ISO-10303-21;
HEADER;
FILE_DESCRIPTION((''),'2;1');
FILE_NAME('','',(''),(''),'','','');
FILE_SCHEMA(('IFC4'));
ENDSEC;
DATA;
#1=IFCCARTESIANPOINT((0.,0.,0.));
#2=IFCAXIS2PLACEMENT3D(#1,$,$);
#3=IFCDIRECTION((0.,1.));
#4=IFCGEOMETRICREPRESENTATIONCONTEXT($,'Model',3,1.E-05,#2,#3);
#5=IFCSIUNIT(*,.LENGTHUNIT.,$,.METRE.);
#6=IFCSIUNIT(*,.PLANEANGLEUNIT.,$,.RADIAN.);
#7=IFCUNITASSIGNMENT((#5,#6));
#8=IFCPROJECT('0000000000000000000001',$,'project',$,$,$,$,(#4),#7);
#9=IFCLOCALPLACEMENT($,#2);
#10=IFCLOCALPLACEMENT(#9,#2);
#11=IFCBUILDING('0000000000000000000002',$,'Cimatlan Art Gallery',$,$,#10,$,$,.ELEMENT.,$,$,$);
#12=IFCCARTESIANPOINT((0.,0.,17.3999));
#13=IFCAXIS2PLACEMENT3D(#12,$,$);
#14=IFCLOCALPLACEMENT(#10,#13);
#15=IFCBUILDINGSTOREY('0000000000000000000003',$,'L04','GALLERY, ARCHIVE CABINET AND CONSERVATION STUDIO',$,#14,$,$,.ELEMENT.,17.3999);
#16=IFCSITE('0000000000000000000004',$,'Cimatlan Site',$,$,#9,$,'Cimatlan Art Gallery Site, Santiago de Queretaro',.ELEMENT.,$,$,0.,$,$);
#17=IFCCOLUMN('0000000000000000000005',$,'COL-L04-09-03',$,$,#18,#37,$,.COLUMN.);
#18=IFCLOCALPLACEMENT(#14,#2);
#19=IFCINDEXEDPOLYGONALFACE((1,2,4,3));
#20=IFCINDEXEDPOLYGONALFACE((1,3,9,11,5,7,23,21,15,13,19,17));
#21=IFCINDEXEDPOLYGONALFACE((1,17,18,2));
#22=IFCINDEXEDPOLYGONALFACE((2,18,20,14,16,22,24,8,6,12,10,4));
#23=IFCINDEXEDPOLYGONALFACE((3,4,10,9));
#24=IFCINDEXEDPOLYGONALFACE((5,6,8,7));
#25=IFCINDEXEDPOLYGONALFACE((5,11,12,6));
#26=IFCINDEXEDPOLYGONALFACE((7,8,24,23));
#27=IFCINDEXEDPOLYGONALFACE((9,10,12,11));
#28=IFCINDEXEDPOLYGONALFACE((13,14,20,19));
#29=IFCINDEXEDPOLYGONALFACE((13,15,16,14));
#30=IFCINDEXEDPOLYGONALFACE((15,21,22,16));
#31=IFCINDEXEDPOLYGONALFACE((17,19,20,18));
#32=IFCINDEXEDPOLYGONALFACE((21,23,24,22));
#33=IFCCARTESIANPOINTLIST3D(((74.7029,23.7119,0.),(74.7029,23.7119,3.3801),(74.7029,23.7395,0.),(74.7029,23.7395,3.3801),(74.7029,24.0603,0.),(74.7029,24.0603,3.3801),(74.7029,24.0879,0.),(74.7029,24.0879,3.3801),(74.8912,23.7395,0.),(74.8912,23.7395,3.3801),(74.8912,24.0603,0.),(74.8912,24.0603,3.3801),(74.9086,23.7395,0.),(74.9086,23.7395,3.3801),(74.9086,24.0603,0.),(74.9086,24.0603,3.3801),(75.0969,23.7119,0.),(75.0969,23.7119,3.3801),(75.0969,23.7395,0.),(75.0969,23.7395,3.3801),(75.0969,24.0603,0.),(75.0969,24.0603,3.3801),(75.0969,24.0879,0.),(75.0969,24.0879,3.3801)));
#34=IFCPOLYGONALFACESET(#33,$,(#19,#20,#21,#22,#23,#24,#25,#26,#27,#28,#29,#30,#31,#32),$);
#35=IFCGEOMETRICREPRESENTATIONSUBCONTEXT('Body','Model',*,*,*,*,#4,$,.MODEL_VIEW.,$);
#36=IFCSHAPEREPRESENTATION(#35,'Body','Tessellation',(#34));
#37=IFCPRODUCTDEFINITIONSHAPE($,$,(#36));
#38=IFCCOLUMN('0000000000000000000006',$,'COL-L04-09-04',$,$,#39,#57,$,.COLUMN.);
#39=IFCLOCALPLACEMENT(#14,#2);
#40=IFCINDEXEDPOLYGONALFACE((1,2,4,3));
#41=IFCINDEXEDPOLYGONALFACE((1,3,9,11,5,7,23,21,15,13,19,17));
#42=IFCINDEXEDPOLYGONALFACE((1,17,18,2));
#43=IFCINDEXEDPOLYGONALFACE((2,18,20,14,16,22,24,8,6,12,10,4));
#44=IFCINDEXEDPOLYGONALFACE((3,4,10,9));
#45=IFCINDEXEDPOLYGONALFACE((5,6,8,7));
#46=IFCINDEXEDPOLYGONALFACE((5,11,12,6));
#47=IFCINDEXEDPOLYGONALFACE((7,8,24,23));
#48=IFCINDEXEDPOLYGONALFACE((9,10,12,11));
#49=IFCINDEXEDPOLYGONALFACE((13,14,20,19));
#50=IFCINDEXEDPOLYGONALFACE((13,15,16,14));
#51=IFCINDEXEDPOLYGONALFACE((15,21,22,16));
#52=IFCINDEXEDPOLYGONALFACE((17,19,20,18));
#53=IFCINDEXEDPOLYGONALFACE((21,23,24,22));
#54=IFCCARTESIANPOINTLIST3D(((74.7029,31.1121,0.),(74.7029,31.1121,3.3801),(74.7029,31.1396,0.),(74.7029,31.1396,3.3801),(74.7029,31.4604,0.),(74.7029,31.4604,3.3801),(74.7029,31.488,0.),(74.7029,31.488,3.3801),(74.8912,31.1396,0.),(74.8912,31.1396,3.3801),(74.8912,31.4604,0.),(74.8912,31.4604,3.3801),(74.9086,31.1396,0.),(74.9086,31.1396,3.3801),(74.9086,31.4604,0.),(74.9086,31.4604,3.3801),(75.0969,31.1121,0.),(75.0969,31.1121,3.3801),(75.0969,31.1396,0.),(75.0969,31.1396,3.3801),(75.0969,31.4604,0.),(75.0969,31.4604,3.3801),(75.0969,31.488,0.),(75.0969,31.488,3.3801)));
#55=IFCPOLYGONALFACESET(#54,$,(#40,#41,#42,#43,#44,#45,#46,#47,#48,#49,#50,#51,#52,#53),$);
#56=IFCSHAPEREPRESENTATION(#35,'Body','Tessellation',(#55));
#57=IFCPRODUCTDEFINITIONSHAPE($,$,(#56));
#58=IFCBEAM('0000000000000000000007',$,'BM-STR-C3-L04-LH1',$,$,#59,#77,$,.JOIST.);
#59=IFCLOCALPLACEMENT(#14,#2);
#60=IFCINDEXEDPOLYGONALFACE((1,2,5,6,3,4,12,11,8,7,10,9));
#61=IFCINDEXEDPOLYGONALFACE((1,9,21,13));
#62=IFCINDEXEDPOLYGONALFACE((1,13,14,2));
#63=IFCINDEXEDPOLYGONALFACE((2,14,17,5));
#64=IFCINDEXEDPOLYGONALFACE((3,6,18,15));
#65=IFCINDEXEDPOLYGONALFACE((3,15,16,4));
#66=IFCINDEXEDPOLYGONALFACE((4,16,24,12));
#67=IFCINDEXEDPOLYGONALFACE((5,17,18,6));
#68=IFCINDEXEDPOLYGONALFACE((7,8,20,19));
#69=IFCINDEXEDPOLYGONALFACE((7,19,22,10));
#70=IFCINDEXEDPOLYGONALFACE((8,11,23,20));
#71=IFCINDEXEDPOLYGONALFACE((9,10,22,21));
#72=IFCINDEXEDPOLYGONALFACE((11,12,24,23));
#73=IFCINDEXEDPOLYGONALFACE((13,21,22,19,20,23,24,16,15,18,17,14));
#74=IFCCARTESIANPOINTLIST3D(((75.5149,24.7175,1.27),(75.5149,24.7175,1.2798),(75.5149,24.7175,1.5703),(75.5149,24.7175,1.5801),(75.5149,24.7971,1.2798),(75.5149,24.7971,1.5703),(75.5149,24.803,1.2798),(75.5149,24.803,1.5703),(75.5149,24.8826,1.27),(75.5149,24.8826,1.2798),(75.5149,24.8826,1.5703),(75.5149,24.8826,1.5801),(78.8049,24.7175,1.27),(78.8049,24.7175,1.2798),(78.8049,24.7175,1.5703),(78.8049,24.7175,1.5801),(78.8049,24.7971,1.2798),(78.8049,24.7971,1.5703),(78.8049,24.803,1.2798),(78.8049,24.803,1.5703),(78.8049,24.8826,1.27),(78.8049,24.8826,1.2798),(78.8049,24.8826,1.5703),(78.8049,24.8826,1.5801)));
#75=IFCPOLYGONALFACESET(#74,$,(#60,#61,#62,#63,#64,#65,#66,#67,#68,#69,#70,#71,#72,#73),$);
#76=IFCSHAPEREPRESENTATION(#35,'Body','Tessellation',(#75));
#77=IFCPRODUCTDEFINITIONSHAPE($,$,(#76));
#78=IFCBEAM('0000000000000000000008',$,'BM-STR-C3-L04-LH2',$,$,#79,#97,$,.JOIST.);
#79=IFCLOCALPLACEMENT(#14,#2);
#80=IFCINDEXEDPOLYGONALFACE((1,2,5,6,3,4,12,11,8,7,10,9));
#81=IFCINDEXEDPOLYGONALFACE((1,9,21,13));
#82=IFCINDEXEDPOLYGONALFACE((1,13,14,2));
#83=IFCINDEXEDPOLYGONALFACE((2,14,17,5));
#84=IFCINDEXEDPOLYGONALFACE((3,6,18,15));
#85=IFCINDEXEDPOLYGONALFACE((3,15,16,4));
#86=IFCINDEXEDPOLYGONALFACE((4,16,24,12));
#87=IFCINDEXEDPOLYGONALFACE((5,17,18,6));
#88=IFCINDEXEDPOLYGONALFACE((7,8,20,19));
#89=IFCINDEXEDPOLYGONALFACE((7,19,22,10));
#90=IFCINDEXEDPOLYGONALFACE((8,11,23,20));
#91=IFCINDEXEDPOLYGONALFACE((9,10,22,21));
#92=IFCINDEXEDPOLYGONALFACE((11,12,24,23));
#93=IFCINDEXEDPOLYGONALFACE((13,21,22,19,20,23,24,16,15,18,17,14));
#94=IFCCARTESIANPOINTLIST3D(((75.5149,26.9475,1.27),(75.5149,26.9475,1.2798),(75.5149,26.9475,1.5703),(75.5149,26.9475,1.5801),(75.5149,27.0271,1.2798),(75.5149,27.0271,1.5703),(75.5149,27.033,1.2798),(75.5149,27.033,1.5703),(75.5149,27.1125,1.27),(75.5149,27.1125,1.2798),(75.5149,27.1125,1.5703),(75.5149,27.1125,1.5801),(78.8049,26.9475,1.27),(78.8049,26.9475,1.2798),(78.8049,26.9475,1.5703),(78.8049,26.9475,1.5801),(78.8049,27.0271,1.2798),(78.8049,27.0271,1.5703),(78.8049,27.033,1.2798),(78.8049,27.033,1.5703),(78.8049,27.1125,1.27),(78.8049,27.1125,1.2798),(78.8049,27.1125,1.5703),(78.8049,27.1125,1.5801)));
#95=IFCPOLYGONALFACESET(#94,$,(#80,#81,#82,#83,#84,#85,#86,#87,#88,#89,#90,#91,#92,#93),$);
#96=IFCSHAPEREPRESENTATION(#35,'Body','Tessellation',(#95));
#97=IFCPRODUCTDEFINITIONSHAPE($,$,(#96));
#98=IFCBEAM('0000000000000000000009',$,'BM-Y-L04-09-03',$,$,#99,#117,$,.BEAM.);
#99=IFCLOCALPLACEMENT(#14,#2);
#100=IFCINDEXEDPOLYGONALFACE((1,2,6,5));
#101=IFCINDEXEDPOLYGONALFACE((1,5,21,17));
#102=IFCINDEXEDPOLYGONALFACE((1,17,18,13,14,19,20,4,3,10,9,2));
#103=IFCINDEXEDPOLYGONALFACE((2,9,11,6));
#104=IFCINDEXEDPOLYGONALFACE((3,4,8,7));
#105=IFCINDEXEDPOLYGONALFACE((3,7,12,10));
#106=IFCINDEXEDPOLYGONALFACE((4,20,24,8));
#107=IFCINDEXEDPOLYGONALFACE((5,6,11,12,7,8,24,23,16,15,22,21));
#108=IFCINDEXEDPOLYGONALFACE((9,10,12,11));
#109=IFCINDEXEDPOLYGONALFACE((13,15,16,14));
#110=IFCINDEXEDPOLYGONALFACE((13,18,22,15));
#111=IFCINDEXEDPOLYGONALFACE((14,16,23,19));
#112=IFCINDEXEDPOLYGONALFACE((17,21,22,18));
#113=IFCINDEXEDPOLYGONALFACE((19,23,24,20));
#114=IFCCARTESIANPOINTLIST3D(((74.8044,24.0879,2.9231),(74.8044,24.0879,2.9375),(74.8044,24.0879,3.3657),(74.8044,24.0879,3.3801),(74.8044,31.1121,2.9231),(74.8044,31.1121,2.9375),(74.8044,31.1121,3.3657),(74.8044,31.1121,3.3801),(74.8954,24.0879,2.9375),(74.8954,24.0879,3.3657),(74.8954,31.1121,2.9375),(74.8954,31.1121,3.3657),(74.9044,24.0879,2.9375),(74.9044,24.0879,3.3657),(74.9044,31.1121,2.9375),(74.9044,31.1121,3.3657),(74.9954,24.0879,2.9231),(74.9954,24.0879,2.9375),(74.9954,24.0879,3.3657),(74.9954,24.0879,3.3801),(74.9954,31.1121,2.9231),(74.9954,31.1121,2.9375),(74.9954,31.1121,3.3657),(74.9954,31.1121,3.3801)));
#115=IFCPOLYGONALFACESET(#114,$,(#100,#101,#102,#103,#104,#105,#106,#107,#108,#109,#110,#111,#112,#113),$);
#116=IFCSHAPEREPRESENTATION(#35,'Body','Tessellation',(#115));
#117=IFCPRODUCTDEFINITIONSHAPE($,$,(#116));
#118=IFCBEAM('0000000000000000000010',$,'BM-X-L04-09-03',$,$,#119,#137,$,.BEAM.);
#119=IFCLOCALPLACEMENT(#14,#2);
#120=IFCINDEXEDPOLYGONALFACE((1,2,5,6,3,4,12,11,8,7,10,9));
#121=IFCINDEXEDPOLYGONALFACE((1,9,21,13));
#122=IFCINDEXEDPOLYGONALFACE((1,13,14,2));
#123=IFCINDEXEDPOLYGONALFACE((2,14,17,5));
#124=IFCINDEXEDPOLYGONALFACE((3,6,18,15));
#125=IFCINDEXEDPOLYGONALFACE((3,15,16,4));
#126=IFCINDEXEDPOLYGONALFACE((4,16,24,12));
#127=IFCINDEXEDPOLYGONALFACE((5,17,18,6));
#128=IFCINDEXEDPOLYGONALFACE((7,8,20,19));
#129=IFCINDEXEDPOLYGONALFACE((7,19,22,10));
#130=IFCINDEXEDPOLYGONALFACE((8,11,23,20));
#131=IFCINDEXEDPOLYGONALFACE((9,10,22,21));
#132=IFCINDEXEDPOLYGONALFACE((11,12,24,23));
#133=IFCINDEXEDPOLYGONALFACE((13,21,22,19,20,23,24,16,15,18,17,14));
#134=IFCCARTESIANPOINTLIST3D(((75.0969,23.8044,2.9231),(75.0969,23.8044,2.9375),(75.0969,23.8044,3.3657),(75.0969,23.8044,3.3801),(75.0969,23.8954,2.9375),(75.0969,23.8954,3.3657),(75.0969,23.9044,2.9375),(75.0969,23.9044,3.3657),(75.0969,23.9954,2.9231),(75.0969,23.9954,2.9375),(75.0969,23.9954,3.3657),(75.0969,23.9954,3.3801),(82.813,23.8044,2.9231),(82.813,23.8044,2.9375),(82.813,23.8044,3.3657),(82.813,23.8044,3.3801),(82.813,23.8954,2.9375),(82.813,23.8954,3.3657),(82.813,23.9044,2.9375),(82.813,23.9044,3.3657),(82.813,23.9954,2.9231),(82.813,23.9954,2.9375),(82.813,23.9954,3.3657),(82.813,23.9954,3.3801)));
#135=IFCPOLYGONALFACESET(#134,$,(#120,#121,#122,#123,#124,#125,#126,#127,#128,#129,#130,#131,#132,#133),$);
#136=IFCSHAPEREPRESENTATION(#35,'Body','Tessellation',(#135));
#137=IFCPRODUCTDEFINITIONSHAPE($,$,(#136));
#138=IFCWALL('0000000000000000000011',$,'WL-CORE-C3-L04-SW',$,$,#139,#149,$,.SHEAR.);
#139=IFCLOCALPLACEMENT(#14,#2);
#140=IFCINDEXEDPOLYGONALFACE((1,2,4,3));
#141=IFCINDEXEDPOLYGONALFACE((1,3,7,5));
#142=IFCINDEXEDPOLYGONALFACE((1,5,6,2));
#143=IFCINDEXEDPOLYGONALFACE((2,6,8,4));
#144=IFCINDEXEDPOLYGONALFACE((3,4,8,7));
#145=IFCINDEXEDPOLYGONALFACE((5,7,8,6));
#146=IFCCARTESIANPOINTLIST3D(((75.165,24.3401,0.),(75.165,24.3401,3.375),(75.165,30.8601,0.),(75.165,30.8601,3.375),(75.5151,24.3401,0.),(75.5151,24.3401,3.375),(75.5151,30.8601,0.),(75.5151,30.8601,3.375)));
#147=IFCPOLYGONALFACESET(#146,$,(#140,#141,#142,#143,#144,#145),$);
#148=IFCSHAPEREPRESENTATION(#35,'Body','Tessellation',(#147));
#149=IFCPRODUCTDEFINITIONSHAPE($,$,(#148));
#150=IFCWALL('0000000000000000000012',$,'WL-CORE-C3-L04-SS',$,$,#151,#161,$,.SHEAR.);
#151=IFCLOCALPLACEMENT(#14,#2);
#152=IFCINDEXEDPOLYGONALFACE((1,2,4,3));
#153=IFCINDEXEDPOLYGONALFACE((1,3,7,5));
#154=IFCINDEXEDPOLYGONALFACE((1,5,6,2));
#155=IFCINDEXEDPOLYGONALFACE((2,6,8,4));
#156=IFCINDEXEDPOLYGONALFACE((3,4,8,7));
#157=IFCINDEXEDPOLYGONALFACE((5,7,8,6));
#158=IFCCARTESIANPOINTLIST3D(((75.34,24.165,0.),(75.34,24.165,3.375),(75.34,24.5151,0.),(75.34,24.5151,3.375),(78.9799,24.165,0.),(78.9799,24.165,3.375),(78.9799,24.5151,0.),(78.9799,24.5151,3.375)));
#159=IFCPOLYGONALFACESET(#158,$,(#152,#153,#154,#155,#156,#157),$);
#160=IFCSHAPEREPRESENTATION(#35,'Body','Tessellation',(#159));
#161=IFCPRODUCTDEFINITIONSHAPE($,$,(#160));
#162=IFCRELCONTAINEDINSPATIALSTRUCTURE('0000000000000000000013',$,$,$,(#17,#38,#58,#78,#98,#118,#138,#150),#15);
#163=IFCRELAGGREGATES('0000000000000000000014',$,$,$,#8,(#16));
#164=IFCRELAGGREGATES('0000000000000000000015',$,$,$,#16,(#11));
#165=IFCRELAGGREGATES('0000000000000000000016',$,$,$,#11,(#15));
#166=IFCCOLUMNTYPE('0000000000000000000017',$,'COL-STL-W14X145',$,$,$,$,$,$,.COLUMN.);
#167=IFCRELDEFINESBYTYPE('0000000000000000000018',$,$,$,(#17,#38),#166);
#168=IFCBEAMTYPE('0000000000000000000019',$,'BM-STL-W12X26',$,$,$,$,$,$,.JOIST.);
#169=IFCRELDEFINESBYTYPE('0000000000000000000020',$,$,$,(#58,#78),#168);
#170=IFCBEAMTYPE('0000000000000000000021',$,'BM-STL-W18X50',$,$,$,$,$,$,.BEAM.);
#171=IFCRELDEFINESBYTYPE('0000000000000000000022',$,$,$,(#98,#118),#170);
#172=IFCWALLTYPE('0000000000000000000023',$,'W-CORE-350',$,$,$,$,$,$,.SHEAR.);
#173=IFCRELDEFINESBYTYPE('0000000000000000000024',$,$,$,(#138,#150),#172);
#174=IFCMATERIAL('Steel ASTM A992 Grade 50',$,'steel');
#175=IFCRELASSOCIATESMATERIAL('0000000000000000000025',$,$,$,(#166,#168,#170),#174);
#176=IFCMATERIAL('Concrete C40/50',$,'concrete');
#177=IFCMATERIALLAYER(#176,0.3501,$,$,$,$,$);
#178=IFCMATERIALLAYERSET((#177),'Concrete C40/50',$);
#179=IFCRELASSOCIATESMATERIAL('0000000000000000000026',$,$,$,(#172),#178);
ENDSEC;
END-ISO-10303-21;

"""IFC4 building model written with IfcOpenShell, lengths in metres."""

from ifc_helpers import new_model, si_unit, direction, frame, frame_2d, origin, origin_2d, place, context, subcontext, project, spatial, rectangle, i_section, extrude, material, layer, layer_set, material_profile, profile_set, type_object, element, save


model = new_model("IFC4")

# Units and contexts
model_context = context("Model", 3, precision=1e-05, world=origin(), true_north=direction((0.0, 1.0)))
body_context = subcontext(model_context, "Body", "Model", "MODEL_VIEW")
ifc_project = project(units=[si_unit("LENGTHUNIT", "METRE"), si_unit("PLANEANGLEUNIT", "RADIAN")], contexts=[model_context])

# Site, building, storey
site_placement = place(None, origin())
site = spatial("IfcSite", under=ifc_project, at=site_placement, Name="Cimatlan Site", LongName="Cimatlan Art Gallery Site, Santiago de Queretaro", CompositionType="ELEMENT", RefElevation=0.0)
building_placement = place(site_placement, origin())
building = spatial("IfcBuilding", under=site, at=building_placement, Name="Cimatlan Art Gallery", CompositionType="ELEMENT")
storey_placement = place(building_placement, frame((0.0, 0.0, 17.3999)))
storey = spatial("IfcBuildingStorey", under=building, at=storey_placement, Name="L04", Description="GALLERY, ARCHIVE CABINET AND CONSERVATION STUDIO", CompositionType="ELEMENT", Elevation=17.3999)

# Columns
ifc_material_1 = material(Name="Steel ASTM A992 Grade 50", Category="steel")
ifc_material_profile_1 = material_profile(ifc_material_1, i_section(OverallWidth=0.394, OverallDepth=0.376, WebThickness=0.0173, FlangeThickness=0.0276, at=origin_2d()), Name="W14X145")
ifc_profile_set_1 = profile_set([ifc_material_profile_1], Name="Steel ASTM A992 Grade 50")
column_type = type_object("IfcColumnType", Name="COL-STL-W14X145", PredefinedType="COLUMN", material=ifc_profile_set_1)
for number, where, z_axis, x_axis, name in (
    (1, (74.8999, 23.8999, 0.0), (0.0, 0.0, 1.0), (1.0, 0.0, 0.0), "COL-L04-09-03"),
    (2, (74.8999, 31.3, 0.0), (0.0, 0.0, 1.0), (1.0, 0.0, 0.0), "COL-L04-09-04"),
):
    element("IfcColumn", number, at=place(storey_placement, frame(where, z_axis=z_axis, x_axis=x_axis)), inside=storey, type_object=column_type, Name=name, PredefinedType="COLUMN", context=body_context, shape_type="SweptSolid", body=[
        extrude(i_section(OverallWidth=0.394, OverallDepth=0.376, WebThickness=0.0173, FlangeThickness=0.0276, at=origin_2d()), origin(), (0.0, 0.0, 1.0), 3.3801),
    ])

# Beams
ifc_material_profile_2 = material_profile(ifc_material_1, i_section(OverallWidth=0.165, OverallDepth=0.3101, WebThickness=0.0059, FlangeThickness=0.0098, at=origin_2d()), Name="W12X26")
ifc_profile_set_2 = profile_set([ifc_material_profile_2], Name="Steel ASTM A992 Grade 50")
beam_type_1 = type_object("IfcBeamType", Name="BM-STL-W12X26", PredefinedType="JOIST", material=ifc_profile_set_2)
for number, where, z_axis, x_axis, name in (
    (3, (75.5149, 24.8, 1.425), (1.0, 0.0, 0.0), (0.0, 1.0, 0.0), "BM-STR-C3-L04-LH1"),
    (4, (75.5149, 27.03, 1.425), (1.0, 0.0, 0.0), (0.0, 1.0, 0.0), "BM-STR-C3-L04-LH2"),
):
    element("IfcBeam", number, at=place(storey_placement, frame(where, z_axis=z_axis, x_axis=x_axis)), inside=storey, type_object=beam_type_1, Name=name, PredefinedType="JOIST", context=body_context, shape_type="SweptSolid", body=[
        extrude(i_section(OverallWidth=0.165, OverallDepth=0.3101, WebThickness=0.0059, FlangeThickness=0.0098, at=origin_2d()), origin(), (0.0, 0.0, 1.0), 3.29),
    ])
ifc_material_profile_3 = material_profile(ifc_material_1, i_section(OverallWidth=0.1909, OverallDepth=0.457, WebThickness=0.009, FlangeThickness=0.0144, at=origin_2d()), Name="W18X50")
ifc_profile_set_3 = profile_set([ifc_material_profile_3], Name="Steel ASTM A992 Grade 50")
beam_type_2 = type_object("IfcBeamType", Name="BM-STL-W18X50", PredefinedType="BEAM", material=ifc_profile_set_3)
beam_1_placement = place(storey_placement, frame((74.8999, 24.0879, 3.1516), z_axis=(0.0, 1.0, 0.0), x_axis=(-1.0, 0.0, 0.0)))
element("IfcBeam", 5, at=beam_1_placement, inside=storey, type_object=beam_type_2, Name="BM-Y-L04-09-03", PredefinedType="BEAM", context=body_context, shape_type="SweptSolid", body=[
    extrude(i_section(OverallWidth=0.1909, OverallDepth=0.457, WebThickness=0.009, FlangeThickness=0.0144, at=origin_2d()), origin(), (0.0, 0.0, 1.0), 7.0242),
])
beam_2_placement = place(storey_placement, frame((75.0969, 23.8999, 3.1516), z_axis=(1.0, 0.0, 0.0), x_axis=(0.0, 1.0, 0.0)))
element("IfcBeam", 6, at=beam_2_placement, inside=storey, type_object=beam_type_2, Name="BM-X-L04-09-03", PredefinedType="BEAM", context=body_context, shape_type="SweptSolid", body=[
    extrude(i_section(OverallWidth=0.1909, OverallDepth=0.457, WebThickness=0.009, FlangeThickness=0.0144, at=origin_2d()), origin(), (0.0, 0.0, 1.0), 7.7161),
])

# Walls
ifc_material_2 = material(Name="Concrete C40/50", Category="concrete")
ifc_layer_1 = layer(ifc_material_2, 0.3501)
ifc_layer_set_1 = layer_set([ifc_layer_1], Name="Concrete C40/50")
wall_type_1 = type_object("IfcWallType", Name="W-CORE-350", PredefinedType="SHEAR", material=ifc_layer_set_1)
wall_1_placement = place(storey_placement, frame((75.3401, 24.3401, 0.0), z_axis=(0.0, 0.0, 1.0), x_axis=(0.0, 1.0, 0.0)))
element("IfcWall", 7, at=wall_1_placement, inside=storey, type_object=wall_type_1, Name="WL-CORE-C3-L04-SW", PredefinedType="SHEAR", context=body_context, shape_type="SweptSolid", body=[
    extrude(rectangle(XDim=6.52, YDim=0.3501, at=frame_2d((3.26, 0.0))), origin(), (0.0, 0.0, 1.0), 3.375),
])
wall_2_placement = place(storey_placement, frame((75.3401, 24.3401, 0.0), z_axis=(0.0, 0.0, 1.0), x_axis=(1.0, 0.0, 0.0)))
element("IfcWall", 8, at=wall_2_placement, inside=storey, type_object=wall_type_1, Name="WL-CORE-C3-L04-SS", PredefinedType="SHEAR", context=body_context, shape_type="SweptSolid", body=[
    extrude(rectangle(XDim=3.6399, YDim=0.3501, at=frame_2d((1.8198, 0.0))), origin(), (0.0, 0.0, 1.0), 3.375),
])

save(model, "model.ifc")
